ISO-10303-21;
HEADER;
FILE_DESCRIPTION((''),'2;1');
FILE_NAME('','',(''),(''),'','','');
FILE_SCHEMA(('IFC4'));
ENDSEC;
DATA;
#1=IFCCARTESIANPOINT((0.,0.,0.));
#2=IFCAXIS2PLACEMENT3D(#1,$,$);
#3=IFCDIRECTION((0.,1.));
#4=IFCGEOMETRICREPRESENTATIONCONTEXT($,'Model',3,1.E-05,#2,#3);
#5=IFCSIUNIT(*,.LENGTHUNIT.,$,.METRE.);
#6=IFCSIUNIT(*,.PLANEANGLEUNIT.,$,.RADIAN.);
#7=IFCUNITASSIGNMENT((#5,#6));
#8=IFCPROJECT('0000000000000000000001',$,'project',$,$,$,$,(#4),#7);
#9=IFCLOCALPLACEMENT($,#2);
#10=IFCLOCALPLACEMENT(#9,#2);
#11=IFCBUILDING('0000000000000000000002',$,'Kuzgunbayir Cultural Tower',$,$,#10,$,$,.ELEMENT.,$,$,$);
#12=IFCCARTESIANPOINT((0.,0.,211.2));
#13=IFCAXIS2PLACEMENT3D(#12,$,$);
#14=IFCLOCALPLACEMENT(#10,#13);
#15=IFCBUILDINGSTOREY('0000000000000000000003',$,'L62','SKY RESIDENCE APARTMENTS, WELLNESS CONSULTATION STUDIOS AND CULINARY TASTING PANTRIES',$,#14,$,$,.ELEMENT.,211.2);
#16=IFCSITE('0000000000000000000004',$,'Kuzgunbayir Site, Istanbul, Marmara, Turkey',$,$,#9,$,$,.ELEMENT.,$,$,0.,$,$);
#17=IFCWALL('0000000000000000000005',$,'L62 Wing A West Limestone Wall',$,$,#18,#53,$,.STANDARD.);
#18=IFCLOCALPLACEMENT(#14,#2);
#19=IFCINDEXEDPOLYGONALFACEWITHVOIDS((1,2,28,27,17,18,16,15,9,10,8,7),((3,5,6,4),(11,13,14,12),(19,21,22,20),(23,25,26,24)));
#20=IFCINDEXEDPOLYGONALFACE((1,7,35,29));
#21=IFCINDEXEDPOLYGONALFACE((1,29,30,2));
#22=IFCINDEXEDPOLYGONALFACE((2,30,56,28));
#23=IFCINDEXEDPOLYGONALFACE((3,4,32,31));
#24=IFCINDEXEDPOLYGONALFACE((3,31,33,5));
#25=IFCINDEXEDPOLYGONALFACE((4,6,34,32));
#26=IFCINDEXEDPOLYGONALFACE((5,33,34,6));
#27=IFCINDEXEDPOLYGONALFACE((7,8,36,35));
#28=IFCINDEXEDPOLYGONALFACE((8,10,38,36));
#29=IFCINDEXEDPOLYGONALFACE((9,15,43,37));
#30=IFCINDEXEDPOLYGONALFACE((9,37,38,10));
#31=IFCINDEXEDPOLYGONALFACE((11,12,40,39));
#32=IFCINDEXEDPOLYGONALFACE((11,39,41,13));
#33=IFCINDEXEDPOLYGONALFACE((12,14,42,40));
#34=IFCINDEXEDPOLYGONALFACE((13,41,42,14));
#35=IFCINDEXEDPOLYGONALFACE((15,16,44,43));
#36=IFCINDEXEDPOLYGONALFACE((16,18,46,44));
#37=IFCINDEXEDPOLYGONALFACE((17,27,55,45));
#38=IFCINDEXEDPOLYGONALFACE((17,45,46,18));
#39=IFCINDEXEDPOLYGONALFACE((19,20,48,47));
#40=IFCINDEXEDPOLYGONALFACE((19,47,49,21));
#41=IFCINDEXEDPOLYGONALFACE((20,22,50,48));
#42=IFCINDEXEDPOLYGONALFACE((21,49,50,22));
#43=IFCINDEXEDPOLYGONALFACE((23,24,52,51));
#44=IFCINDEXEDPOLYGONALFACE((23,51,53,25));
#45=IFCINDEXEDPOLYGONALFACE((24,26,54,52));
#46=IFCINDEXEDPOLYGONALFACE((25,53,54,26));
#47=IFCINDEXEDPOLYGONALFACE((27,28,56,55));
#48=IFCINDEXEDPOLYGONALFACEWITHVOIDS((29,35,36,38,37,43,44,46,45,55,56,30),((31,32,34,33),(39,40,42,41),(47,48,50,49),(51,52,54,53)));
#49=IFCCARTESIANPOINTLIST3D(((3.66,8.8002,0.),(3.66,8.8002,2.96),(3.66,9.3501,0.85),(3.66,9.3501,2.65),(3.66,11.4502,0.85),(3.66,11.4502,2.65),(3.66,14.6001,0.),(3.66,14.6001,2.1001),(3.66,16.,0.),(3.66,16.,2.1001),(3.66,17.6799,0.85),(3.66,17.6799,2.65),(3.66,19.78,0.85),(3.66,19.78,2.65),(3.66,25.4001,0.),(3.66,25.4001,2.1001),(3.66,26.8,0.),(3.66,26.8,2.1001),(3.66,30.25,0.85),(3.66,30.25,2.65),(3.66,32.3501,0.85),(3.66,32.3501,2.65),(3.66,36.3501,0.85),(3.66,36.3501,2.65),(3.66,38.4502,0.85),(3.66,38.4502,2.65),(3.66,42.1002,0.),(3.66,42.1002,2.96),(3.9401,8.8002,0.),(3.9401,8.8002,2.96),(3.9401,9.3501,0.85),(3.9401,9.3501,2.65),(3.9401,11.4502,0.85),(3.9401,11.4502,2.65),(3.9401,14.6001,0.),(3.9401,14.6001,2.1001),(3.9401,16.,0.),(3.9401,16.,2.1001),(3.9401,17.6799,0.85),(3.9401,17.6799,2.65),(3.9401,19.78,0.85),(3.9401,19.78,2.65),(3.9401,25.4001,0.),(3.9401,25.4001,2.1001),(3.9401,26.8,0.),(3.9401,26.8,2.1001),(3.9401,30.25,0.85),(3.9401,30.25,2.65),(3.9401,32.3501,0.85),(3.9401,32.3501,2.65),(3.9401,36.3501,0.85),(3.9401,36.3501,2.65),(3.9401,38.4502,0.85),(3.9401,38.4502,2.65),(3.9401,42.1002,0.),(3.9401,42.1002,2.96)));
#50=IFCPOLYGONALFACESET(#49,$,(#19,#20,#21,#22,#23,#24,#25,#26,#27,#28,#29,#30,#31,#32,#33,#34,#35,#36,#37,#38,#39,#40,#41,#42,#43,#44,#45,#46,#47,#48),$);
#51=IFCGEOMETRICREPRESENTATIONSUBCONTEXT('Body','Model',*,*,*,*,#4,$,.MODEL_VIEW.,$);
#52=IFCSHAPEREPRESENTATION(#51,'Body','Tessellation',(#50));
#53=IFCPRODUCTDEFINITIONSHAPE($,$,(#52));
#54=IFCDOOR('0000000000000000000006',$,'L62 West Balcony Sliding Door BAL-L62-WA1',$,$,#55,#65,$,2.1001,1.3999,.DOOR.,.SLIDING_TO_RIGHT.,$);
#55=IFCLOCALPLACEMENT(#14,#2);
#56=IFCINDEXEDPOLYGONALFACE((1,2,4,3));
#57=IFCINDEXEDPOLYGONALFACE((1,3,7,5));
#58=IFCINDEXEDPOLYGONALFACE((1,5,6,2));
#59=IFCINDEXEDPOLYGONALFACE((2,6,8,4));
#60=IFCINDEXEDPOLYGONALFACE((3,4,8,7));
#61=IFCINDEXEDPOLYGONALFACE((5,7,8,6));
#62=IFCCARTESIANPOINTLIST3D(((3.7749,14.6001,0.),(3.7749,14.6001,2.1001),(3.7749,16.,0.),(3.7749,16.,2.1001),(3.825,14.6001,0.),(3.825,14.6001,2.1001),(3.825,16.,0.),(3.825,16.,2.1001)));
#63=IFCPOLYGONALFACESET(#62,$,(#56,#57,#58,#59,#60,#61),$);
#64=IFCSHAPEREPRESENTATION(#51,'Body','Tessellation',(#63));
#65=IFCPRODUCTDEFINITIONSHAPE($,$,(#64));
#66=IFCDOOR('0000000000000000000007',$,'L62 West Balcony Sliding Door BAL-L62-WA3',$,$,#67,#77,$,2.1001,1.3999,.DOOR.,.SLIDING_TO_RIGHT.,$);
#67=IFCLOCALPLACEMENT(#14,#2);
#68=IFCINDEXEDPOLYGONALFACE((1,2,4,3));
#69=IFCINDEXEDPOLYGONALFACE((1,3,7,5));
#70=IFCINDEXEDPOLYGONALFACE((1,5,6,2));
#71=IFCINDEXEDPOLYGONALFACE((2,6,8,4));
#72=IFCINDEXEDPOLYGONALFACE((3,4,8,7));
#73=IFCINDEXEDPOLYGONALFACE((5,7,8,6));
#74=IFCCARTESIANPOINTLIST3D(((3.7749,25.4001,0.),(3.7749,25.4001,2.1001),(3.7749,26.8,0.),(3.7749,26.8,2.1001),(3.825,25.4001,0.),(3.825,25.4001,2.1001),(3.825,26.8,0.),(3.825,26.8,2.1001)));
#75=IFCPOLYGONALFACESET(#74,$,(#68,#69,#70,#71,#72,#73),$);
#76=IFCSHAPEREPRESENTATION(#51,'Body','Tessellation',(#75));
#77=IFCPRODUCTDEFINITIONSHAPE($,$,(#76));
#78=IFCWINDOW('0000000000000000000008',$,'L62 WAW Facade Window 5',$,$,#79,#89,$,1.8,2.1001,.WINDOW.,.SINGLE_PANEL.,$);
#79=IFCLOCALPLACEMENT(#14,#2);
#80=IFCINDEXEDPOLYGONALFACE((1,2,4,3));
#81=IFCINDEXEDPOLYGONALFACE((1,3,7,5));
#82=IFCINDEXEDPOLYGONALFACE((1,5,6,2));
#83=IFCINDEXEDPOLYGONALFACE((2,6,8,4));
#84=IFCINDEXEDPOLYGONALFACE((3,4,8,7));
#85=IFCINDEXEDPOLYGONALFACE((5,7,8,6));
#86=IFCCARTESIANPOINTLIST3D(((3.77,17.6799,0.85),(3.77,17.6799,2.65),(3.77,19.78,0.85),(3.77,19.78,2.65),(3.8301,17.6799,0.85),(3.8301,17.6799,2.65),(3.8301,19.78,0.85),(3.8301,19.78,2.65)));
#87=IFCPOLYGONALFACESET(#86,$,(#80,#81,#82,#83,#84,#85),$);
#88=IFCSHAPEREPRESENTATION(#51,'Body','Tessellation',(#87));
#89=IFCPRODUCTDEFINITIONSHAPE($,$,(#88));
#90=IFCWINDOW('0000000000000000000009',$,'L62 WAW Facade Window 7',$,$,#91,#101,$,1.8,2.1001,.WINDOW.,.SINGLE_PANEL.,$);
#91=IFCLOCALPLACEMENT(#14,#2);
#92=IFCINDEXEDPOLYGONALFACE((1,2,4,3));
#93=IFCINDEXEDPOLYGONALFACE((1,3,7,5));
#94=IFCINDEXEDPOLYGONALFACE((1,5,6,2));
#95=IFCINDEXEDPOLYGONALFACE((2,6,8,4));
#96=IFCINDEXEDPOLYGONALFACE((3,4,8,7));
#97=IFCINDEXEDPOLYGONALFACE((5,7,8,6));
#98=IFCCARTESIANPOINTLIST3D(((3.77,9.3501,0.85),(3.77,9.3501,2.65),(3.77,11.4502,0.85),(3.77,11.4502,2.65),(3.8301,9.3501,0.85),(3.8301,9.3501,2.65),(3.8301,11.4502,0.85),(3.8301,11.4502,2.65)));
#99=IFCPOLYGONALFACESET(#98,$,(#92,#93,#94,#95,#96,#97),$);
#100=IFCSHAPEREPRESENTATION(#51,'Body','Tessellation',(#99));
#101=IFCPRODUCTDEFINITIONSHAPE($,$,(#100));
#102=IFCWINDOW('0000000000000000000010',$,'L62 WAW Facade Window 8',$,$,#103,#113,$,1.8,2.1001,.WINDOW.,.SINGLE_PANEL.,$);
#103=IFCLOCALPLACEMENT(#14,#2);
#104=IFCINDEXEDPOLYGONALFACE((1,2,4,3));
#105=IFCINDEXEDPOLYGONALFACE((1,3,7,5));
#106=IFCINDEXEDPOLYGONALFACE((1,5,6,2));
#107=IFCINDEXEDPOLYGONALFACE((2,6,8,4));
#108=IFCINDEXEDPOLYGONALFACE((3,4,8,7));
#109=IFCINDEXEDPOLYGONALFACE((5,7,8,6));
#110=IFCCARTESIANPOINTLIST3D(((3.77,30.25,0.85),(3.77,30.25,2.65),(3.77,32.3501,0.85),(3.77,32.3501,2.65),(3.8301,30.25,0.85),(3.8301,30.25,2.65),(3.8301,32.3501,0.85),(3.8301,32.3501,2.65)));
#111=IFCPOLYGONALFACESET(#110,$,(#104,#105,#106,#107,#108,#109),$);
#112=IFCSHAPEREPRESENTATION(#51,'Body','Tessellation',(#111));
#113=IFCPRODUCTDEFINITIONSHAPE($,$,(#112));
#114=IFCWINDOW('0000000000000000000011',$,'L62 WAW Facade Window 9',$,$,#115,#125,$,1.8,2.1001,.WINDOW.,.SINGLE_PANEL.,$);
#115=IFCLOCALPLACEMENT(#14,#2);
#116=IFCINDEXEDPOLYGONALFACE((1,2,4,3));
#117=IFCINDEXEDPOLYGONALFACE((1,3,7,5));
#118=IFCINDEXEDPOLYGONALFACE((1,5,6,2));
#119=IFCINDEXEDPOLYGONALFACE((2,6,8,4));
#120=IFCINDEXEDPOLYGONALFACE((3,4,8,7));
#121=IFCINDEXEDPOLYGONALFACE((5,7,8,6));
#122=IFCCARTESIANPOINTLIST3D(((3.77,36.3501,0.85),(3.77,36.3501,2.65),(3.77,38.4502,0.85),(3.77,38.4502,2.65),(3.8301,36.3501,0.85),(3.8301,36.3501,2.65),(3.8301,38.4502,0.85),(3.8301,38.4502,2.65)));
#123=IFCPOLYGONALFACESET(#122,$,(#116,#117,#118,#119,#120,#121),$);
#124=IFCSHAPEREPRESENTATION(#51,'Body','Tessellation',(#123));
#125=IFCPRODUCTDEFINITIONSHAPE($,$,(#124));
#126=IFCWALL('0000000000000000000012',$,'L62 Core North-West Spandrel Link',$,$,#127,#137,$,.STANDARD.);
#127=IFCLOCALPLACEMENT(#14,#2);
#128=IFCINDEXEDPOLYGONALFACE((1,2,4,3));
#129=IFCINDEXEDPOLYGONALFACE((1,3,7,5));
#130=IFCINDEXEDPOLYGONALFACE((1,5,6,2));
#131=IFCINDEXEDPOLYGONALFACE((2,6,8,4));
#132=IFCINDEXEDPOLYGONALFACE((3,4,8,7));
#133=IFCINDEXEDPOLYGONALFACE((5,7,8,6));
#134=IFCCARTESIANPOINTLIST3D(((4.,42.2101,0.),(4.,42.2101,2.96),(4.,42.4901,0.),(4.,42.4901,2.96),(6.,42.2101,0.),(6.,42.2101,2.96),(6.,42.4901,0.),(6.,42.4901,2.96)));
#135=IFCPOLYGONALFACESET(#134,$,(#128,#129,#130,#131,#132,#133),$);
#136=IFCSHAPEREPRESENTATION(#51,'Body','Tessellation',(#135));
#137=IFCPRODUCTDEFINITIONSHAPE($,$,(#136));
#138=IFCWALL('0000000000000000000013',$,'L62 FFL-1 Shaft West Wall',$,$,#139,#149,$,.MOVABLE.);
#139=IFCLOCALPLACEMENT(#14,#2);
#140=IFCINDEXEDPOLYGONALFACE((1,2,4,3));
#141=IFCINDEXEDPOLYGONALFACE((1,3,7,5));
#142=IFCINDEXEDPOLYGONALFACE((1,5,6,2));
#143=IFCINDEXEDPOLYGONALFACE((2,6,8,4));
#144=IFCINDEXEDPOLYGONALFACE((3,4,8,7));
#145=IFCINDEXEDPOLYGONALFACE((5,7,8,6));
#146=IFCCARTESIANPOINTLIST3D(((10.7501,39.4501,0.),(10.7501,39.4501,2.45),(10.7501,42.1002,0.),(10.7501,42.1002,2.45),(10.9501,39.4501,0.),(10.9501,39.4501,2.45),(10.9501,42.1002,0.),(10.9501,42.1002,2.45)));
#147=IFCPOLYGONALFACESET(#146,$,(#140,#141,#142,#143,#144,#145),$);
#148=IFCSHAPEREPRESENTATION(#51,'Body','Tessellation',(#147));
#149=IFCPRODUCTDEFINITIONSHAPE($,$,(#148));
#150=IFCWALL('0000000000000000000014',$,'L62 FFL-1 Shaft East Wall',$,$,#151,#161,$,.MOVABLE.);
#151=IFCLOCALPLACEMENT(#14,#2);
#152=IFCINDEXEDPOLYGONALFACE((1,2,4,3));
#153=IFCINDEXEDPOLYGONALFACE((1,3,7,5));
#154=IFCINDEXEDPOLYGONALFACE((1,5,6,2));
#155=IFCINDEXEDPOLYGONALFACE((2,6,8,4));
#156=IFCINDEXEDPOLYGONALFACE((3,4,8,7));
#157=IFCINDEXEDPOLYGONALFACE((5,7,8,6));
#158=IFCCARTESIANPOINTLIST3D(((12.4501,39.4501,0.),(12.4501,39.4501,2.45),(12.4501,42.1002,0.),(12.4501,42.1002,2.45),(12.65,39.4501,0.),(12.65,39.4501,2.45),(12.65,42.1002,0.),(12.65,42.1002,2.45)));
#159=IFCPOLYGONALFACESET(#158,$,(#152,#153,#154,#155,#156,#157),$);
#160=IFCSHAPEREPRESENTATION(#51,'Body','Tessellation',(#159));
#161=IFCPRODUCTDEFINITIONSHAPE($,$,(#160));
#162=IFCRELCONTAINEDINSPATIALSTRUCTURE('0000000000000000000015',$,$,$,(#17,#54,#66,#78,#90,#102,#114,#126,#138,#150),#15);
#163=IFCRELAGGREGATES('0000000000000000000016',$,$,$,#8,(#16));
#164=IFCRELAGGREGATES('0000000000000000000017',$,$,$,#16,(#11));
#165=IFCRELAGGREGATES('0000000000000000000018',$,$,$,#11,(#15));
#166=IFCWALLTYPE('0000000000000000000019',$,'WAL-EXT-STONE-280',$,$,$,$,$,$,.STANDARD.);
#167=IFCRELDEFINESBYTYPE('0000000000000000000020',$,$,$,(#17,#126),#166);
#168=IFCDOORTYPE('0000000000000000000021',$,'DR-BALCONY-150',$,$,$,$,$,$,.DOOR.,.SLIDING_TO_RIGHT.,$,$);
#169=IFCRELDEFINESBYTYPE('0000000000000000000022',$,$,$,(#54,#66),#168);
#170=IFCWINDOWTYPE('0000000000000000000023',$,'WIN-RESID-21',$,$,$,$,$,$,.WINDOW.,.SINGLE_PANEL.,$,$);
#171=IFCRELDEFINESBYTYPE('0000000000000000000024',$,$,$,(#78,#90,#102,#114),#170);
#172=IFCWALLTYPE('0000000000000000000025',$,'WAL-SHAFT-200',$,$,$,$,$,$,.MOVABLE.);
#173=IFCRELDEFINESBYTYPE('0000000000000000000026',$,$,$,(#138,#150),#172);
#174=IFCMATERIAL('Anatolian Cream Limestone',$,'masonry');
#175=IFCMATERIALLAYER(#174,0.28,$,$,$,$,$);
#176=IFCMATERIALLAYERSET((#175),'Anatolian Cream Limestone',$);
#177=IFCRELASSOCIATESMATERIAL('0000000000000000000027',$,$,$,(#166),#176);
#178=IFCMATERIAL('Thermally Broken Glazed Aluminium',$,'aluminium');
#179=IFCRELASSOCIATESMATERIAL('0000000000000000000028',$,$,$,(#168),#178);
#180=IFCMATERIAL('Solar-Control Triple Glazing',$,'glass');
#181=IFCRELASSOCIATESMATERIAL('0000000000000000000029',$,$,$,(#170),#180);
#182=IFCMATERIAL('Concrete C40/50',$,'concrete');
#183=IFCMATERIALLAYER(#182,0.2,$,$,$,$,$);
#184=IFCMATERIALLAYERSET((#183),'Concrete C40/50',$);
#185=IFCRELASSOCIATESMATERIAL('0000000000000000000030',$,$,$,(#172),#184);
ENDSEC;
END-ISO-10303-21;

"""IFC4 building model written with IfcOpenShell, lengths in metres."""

from ifc_helpers import new_model, si_unit, direction, frame, frame_2d, origin, place, context, subcontext, project, spatial, rectangle, extrude, material, layer, layer_set, type_object, element, fill, save


model = new_model("IFC4")

# Units and contexts
model_context = context("Model", 3, precision=1e-05, world=origin(), true_north=direction((0.0, 1.0)))
body_context = subcontext(model_context, "Body", "Model", "MODEL_VIEW")
ifc_project = project(units=[si_unit("LENGTHUNIT", "METRE"), si_unit("PLANEANGLEUNIT", "RADIAN")], contexts=[model_context])

# Site, building, storey
site_placement = place(None, origin())
site = spatial("IfcSite", under=ifc_project, at=site_placement, Name="Kuzgunbayir Site, Istanbul, Marmara, Turkey", CompositionType="ELEMENT", RefElevation=0.0)
building_placement = place(site_placement, origin())
building = spatial("IfcBuilding", under=site, at=building_placement, Name="Kuzgunbayir Cultural Tower", CompositionType="ELEMENT")
storey_placement = place(building_placement, frame((0.0, 0.0, 211.2)))
storey = spatial("IfcBuildingStorey", under=building, at=storey_placement, Name="L62", Description="SKY RESIDENCE APARTMENTS, WELLNESS CONSULTATION STUDIOS AND CULINARY TASTING PANTRIES", CompositionType="ELEMENT", Elevation=211.2)

# Wall, openings, doors, windows
ifc_material_1 = material(Name="Anatolian Cream Limestone", Category="masonry")
ifc_layer_1 = layer(ifc_material_1, 0.28)
ifc_layer_set_1 = layer_set([ifc_layer_1], Name="Anatolian Cream Limestone")
wall_type_1 = type_object("IfcWallType", Name="WAL-EXT-STONE-280", PredefinedType="STANDARD", material=ifc_layer_set_1)
wall_1_placement = place(storey_placement, frame((3.8, 42.1001, 0.0), z_axis=(0.0, 0.0, 1.0), x_axis=(0.0, -1.0, 0.0)))
wall_1 = element("IfcWall", 1, at=wall_1_placement, inside=storey, type_object=wall_type_1, Name="L62 Wing A West Limestone Wall", PredefinedType="STANDARD", context=body_context, shape_type="SweptSolid", body=[
    extrude(rectangle(XDim=33.3, YDim=0.28, at=frame_2d((16.6499, 0.0))), origin(), (0.0, 0.0, 1.0), 2.96),
])
opening_1_placement = place(wall_1_placement, frame((26.1001, 0.0, 0.0)))
opening_1 = element("IfcOpeningElement", 2, at=opening_1_placement, cuts=wall_1, PredefinedType="OPENING", context=body_context, shape_type="SweptSolid", body=[
    extrude(rectangle(XDim=1.3999, YDim=2.1001, at=frame_2d((0.7, 1.05))), frame((0.0, 0.1499, 0.0), z_axis=(0.0, -1.0, 0.0), x_axis=(1.0, 0.0, 0.0)), (0.0, 0.0, 1.0), 0.3),
])
opening_2_placement = place(wall_1_placement, frame((15.3, 0.0, 0.0)))
opening_2 = element("IfcOpeningElement", 3, at=opening_2_placement, cuts=wall_1, PredefinedType="OPENING", context=body_context, shape_type="SweptSolid", body=[
    extrude(rectangle(XDim=1.3999, YDim=2.1001, at=frame_2d((0.7, 1.05))), frame((0.0, 0.1499, 0.0), z_axis=(0.0, -1.0, 0.0), x_axis=(1.0, 0.0, 0.0)), (0.0, 0.0, 1.0), 0.3),
])
opening_3_placement = place(wall_1_placement, frame((22.3201, 0.0, 0.8501)))
opening_3 = element("IfcOpeningElement", 4, at=opening_3_placement, cuts=wall_1, PredefinedType="OPENING", context=body_context, shape_type="SweptSolid", body=[
    extrude(rectangle(XDim=2.1001, YDim=1.8, at=frame_2d((1.05, 0.8999))), frame((0.0, 0.1499, 0.0), z_axis=(0.0, -1.0, 0.0), x_axis=(1.0, 0.0, 0.0)), (0.0, 0.0, 1.0), 0.3),
])
opening_4_placement = place(wall_1_placement, frame((30.6499, 0.0, 0.8501)))
opening_4 = element("IfcOpeningElement", 5, at=opening_4_placement, cuts=wall_1, PredefinedType="OPENING", context=body_context, shape_type="SweptSolid", body=[
    extrude(rectangle(XDim=2.1001, YDim=1.8, at=frame_2d((1.05, 0.8999))), frame((0.0, 0.1499, 0.0), z_axis=(0.0, -1.0, 0.0), x_axis=(1.0, 0.0, 0.0)), (0.0, 0.0, 1.0), 0.3),
])
opening_5_placement = place(wall_1_placement, frame((9.75, 0.0, 0.8501)))
opening_5 = element("IfcOpeningElement", 6, at=opening_5_placement, cuts=wall_1, PredefinedType="OPENING", context=body_context, shape_type="SweptSolid", body=[
    extrude(rectangle(XDim=2.1001, YDim=1.8, at=frame_2d((1.05, 0.8999))), frame((0.0, 0.1499, 0.0), z_axis=(0.0, -1.0, 0.0), x_axis=(1.0, 0.0, 0.0)), (0.0, 0.0, 1.0), 0.3),
])
opening_6_placement = place(wall_1_placement, frame((3.6499, 0.0, 0.8501)))
opening_6 = element("IfcOpeningElement", 7, at=opening_6_placement, cuts=wall_1, PredefinedType="OPENING", context=body_context, shape_type="SweptSolid", body=[
    extrude(rectangle(XDim=2.1001, YDim=1.8, at=frame_2d((1.05, 0.8999))), frame((0.0, 0.1499, 0.0), z_axis=(0.0, -1.0, 0.0), x_axis=(1.0, 0.0, 0.0)), (0.0, 0.0, 1.0), 0.3),
])
ifc_material_2 = material(Name="Thermally Broken Glazed Aluminium", Category="aluminium")
door_type_1 = type_object("IfcDoorType", Name="DR-BALCONY-150", OperationType="SLIDING_TO_RIGHT", PredefinedType="DOOR", material=ifc_material_2)
door_1_placement = place(opening_1_placement, origin())
door_1 = element("IfcDoor", 8, at=door_1_placement, inside=storey, type_object=door_type_1, Name="L62 West Balcony Sliding Door BAL-L62-WA1", OperationType="SLIDING_TO_RIGHT", OverallHeight=2.1001, OverallWidth=1.3999, PredefinedType="DOOR", context=body_context, shape_type="SweptSolid", body=[
    extrude(rectangle(XDim=1.3999, YDim=2.1001, at=frame_2d((0.7, 1.05))), frame((0.0, 0.0249, 0.0), z_axis=(0.0, -1.0, 0.0), x_axis=(1.0, 0.0, 0.0)), (0.0, 0.0, 1.0), 0.05),
])
fill(opening_1, door_1)
door_2_placement = place(opening_2_placement, origin())
door_2 = element("IfcDoor", 9, at=door_2_placement, inside=storey, type_object=door_type_1, Name="L62 West Balcony Sliding Door BAL-L62-WA3", OperationType="SLIDING_TO_RIGHT", OverallHeight=2.1001, OverallWidth=1.3999, PredefinedType="DOOR", context=body_context, shape_type="SweptSolid", body=[
    extrude(rectangle(XDim=1.3999, YDim=2.1001, at=frame_2d((0.7, 1.05))), frame((0.0, 0.0249, 0.0), z_axis=(0.0, -1.0, 0.0), x_axis=(1.0, 0.0, 0.0)), (0.0, 0.0, 1.0), 0.05),
])
fill(opening_2, door_2)
ifc_material_3 = material(Name="Solar-Control Triple Glazing", Category="glass")
window_type = type_object("IfcWindowType", Name="WIN-RESID-21", PartitioningType="SINGLE_PANEL", PredefinedType="WINDOW", material=ifc_material_3)
window_1_placement = place(opening_3_placement, origin())
window_1 = element("IfcWindow", 10, at=window_1_placement, inside=storey, type_object=window_type, Name="L62 WAW Facade Window 5", OverallHeight=1.8, OverallWidth=2.1001, PartitioningType="SINGLE_PANEL", PredefinedType="WINDOW", context=body_context, shape_type="SweptSolid", body=[
    extrude(rectangle(XDim=2.1001, YDim=1.8, at=frame_2d((1.05, 0.8999))), frame((0.0, 0.03, 0.0), z_axis=(0.0, -1.0, 0.0), x_axis=(1.0, 0.0, 0.0)), (0.0, 0.0, 1.0), 0.0601),
])
fill(opening_3, window_1)
window_2_placement = place(opening_4_placement, origin())
window_2 = element("IfcWindow", 11, at=window_2_placement, inside=storey, type_object=window_type, Name="L62 WAW Facade Window 7", OverallHeight=1.8, OverallWidth=2.1001, PartitioningType="SINGLE_PANEL", PredefinedType="WINDOW", context=body_context, shape_type="SweptSolid", body=[
    extrude(rectangle(XDim=2.1001, YDim=1.8, at=frame_2d((1.05, 0.8999))), frame((0.0, 0.03, 0.0), z_axis=(0.0, -1.0, 0.0), x_axis=(1.0, 0.0, 0.0)), (0.0, 0.0, 1.0), 0.0601),
])
fill(opening_4, window_2)
window_3_placement = place(opening_5_placement, origin())
window_3 = element("IfcWindow", 12, at=window_3_placement, inside=storey, type_object=window_type, Name="L62 WAW Facade Window 8", OverallHeight=1.8, OverallWidth=2.1001, PartitioningType="SINGLE_PANEL", PredefinedType="WINDOW", context=body_context, shape_type="SweptSolid", body=[
    extrude(rectangle(XDim=2.1001, YDim=1.8, at=frame_2d((1.05, 0.8999))), frame((0.0, 0.03, 0.0), z_axis=(0.0, -1.0, 0.0), x_axis=(1.0, 0.0, 0.0)), (0.0, 0.0, 1.0), 0.0601),
])
fill(opening_5, window_3)
window_4_placement = place(opening_6_placement, origin())
window_4 = element("IfcWindow", 13, at=window_4_placement, inside=storey, type_object=window_type, Name="L62 WAW Facade Window 9", OverallHeight=1.8, OverallWidth=2.1001, PartitioningType="SINGLE_PANEL", PredefinedType="WINDOW", context=body_context, shape_type="SweptSolid", body=[
    extrude(rectangle(XDim=2.1001, YDim=1.8, at=frame_2d((1.05, 0.8999))), frame((0.0, 0.03, 0.0), z_axis=(0.0, -1.0, 0.0), x_axis=(1.0, 0.0, 0.0)), (0.0, 0.0, 1.0), 0.0601),
])
fill(opening_6, window_4)

# Wall
wall_2_placement = place(storey_placement, frame((6.0, 42.3501, 0.0), z_axis=(0.0, 0.0, 1.0), x_axis=(-1.0, 0.0, 0.0)))
element("IfcWall", 14, at=wall_2_placement, inside=storey, type_object=wall_type_1, Name="L62 Core North-West Spandrel Link", PredefinedType="STANDARD", context=body_context, shape_type="SweptSolid", body=[
    extrude(rectangle(XDim=2.0, YDim=0.28, at=frame_2d((1.0, 0.0))), origin(), (0.0, 0.0, 1.0), 2.96),
])

# Shared definitions
ifc_material_4 = material(Name="Concrete C40/50", Category="concrete")
ifc_layer_2 = layer(ifc_material_4, 0.2)
ifc_layer_set_2 = layer_set([ifc_layer_2], Name="Concrete C40/50")
wall_type_2 = type_object("IfcWallType", Name="WAL-SHAFT-200", PredefinedType="MOVABLE", material=ifc_layer_set_2)

# Walls
for number, where, z_axis, x_axis, name in (
    (15, (10.8501, 39.45, 0.0), (0.0, 0.0, 1.0), (0.0, 1.0, 0.0), "L62 FFL-1 Shaft West Wall"),
    (16, (12.55, 39.45, 0.0), (0.0, 0.0, 1.0), (0.0, 1.0, 0.0), "L62 FFL-1 Shaft East Wall"),
):
    element("IfcWall", number, at=place(storey_placement, frame(where, z_axis=z_axis, x_axis=x_axis)), inside=storey, type_object=wall_type_2, Name=name, PredefinedType="MOVABLE", context=body_context, shape_type="SweptSolid", body=[
        extrude(rectangle(XDim=2.6501, YDim=0.2, at=frame_2d((1.3252, 0.0))), origin(), (0.0, 0.0, 1.0), 2.45),
    ])

save(model, "model.ifc")
